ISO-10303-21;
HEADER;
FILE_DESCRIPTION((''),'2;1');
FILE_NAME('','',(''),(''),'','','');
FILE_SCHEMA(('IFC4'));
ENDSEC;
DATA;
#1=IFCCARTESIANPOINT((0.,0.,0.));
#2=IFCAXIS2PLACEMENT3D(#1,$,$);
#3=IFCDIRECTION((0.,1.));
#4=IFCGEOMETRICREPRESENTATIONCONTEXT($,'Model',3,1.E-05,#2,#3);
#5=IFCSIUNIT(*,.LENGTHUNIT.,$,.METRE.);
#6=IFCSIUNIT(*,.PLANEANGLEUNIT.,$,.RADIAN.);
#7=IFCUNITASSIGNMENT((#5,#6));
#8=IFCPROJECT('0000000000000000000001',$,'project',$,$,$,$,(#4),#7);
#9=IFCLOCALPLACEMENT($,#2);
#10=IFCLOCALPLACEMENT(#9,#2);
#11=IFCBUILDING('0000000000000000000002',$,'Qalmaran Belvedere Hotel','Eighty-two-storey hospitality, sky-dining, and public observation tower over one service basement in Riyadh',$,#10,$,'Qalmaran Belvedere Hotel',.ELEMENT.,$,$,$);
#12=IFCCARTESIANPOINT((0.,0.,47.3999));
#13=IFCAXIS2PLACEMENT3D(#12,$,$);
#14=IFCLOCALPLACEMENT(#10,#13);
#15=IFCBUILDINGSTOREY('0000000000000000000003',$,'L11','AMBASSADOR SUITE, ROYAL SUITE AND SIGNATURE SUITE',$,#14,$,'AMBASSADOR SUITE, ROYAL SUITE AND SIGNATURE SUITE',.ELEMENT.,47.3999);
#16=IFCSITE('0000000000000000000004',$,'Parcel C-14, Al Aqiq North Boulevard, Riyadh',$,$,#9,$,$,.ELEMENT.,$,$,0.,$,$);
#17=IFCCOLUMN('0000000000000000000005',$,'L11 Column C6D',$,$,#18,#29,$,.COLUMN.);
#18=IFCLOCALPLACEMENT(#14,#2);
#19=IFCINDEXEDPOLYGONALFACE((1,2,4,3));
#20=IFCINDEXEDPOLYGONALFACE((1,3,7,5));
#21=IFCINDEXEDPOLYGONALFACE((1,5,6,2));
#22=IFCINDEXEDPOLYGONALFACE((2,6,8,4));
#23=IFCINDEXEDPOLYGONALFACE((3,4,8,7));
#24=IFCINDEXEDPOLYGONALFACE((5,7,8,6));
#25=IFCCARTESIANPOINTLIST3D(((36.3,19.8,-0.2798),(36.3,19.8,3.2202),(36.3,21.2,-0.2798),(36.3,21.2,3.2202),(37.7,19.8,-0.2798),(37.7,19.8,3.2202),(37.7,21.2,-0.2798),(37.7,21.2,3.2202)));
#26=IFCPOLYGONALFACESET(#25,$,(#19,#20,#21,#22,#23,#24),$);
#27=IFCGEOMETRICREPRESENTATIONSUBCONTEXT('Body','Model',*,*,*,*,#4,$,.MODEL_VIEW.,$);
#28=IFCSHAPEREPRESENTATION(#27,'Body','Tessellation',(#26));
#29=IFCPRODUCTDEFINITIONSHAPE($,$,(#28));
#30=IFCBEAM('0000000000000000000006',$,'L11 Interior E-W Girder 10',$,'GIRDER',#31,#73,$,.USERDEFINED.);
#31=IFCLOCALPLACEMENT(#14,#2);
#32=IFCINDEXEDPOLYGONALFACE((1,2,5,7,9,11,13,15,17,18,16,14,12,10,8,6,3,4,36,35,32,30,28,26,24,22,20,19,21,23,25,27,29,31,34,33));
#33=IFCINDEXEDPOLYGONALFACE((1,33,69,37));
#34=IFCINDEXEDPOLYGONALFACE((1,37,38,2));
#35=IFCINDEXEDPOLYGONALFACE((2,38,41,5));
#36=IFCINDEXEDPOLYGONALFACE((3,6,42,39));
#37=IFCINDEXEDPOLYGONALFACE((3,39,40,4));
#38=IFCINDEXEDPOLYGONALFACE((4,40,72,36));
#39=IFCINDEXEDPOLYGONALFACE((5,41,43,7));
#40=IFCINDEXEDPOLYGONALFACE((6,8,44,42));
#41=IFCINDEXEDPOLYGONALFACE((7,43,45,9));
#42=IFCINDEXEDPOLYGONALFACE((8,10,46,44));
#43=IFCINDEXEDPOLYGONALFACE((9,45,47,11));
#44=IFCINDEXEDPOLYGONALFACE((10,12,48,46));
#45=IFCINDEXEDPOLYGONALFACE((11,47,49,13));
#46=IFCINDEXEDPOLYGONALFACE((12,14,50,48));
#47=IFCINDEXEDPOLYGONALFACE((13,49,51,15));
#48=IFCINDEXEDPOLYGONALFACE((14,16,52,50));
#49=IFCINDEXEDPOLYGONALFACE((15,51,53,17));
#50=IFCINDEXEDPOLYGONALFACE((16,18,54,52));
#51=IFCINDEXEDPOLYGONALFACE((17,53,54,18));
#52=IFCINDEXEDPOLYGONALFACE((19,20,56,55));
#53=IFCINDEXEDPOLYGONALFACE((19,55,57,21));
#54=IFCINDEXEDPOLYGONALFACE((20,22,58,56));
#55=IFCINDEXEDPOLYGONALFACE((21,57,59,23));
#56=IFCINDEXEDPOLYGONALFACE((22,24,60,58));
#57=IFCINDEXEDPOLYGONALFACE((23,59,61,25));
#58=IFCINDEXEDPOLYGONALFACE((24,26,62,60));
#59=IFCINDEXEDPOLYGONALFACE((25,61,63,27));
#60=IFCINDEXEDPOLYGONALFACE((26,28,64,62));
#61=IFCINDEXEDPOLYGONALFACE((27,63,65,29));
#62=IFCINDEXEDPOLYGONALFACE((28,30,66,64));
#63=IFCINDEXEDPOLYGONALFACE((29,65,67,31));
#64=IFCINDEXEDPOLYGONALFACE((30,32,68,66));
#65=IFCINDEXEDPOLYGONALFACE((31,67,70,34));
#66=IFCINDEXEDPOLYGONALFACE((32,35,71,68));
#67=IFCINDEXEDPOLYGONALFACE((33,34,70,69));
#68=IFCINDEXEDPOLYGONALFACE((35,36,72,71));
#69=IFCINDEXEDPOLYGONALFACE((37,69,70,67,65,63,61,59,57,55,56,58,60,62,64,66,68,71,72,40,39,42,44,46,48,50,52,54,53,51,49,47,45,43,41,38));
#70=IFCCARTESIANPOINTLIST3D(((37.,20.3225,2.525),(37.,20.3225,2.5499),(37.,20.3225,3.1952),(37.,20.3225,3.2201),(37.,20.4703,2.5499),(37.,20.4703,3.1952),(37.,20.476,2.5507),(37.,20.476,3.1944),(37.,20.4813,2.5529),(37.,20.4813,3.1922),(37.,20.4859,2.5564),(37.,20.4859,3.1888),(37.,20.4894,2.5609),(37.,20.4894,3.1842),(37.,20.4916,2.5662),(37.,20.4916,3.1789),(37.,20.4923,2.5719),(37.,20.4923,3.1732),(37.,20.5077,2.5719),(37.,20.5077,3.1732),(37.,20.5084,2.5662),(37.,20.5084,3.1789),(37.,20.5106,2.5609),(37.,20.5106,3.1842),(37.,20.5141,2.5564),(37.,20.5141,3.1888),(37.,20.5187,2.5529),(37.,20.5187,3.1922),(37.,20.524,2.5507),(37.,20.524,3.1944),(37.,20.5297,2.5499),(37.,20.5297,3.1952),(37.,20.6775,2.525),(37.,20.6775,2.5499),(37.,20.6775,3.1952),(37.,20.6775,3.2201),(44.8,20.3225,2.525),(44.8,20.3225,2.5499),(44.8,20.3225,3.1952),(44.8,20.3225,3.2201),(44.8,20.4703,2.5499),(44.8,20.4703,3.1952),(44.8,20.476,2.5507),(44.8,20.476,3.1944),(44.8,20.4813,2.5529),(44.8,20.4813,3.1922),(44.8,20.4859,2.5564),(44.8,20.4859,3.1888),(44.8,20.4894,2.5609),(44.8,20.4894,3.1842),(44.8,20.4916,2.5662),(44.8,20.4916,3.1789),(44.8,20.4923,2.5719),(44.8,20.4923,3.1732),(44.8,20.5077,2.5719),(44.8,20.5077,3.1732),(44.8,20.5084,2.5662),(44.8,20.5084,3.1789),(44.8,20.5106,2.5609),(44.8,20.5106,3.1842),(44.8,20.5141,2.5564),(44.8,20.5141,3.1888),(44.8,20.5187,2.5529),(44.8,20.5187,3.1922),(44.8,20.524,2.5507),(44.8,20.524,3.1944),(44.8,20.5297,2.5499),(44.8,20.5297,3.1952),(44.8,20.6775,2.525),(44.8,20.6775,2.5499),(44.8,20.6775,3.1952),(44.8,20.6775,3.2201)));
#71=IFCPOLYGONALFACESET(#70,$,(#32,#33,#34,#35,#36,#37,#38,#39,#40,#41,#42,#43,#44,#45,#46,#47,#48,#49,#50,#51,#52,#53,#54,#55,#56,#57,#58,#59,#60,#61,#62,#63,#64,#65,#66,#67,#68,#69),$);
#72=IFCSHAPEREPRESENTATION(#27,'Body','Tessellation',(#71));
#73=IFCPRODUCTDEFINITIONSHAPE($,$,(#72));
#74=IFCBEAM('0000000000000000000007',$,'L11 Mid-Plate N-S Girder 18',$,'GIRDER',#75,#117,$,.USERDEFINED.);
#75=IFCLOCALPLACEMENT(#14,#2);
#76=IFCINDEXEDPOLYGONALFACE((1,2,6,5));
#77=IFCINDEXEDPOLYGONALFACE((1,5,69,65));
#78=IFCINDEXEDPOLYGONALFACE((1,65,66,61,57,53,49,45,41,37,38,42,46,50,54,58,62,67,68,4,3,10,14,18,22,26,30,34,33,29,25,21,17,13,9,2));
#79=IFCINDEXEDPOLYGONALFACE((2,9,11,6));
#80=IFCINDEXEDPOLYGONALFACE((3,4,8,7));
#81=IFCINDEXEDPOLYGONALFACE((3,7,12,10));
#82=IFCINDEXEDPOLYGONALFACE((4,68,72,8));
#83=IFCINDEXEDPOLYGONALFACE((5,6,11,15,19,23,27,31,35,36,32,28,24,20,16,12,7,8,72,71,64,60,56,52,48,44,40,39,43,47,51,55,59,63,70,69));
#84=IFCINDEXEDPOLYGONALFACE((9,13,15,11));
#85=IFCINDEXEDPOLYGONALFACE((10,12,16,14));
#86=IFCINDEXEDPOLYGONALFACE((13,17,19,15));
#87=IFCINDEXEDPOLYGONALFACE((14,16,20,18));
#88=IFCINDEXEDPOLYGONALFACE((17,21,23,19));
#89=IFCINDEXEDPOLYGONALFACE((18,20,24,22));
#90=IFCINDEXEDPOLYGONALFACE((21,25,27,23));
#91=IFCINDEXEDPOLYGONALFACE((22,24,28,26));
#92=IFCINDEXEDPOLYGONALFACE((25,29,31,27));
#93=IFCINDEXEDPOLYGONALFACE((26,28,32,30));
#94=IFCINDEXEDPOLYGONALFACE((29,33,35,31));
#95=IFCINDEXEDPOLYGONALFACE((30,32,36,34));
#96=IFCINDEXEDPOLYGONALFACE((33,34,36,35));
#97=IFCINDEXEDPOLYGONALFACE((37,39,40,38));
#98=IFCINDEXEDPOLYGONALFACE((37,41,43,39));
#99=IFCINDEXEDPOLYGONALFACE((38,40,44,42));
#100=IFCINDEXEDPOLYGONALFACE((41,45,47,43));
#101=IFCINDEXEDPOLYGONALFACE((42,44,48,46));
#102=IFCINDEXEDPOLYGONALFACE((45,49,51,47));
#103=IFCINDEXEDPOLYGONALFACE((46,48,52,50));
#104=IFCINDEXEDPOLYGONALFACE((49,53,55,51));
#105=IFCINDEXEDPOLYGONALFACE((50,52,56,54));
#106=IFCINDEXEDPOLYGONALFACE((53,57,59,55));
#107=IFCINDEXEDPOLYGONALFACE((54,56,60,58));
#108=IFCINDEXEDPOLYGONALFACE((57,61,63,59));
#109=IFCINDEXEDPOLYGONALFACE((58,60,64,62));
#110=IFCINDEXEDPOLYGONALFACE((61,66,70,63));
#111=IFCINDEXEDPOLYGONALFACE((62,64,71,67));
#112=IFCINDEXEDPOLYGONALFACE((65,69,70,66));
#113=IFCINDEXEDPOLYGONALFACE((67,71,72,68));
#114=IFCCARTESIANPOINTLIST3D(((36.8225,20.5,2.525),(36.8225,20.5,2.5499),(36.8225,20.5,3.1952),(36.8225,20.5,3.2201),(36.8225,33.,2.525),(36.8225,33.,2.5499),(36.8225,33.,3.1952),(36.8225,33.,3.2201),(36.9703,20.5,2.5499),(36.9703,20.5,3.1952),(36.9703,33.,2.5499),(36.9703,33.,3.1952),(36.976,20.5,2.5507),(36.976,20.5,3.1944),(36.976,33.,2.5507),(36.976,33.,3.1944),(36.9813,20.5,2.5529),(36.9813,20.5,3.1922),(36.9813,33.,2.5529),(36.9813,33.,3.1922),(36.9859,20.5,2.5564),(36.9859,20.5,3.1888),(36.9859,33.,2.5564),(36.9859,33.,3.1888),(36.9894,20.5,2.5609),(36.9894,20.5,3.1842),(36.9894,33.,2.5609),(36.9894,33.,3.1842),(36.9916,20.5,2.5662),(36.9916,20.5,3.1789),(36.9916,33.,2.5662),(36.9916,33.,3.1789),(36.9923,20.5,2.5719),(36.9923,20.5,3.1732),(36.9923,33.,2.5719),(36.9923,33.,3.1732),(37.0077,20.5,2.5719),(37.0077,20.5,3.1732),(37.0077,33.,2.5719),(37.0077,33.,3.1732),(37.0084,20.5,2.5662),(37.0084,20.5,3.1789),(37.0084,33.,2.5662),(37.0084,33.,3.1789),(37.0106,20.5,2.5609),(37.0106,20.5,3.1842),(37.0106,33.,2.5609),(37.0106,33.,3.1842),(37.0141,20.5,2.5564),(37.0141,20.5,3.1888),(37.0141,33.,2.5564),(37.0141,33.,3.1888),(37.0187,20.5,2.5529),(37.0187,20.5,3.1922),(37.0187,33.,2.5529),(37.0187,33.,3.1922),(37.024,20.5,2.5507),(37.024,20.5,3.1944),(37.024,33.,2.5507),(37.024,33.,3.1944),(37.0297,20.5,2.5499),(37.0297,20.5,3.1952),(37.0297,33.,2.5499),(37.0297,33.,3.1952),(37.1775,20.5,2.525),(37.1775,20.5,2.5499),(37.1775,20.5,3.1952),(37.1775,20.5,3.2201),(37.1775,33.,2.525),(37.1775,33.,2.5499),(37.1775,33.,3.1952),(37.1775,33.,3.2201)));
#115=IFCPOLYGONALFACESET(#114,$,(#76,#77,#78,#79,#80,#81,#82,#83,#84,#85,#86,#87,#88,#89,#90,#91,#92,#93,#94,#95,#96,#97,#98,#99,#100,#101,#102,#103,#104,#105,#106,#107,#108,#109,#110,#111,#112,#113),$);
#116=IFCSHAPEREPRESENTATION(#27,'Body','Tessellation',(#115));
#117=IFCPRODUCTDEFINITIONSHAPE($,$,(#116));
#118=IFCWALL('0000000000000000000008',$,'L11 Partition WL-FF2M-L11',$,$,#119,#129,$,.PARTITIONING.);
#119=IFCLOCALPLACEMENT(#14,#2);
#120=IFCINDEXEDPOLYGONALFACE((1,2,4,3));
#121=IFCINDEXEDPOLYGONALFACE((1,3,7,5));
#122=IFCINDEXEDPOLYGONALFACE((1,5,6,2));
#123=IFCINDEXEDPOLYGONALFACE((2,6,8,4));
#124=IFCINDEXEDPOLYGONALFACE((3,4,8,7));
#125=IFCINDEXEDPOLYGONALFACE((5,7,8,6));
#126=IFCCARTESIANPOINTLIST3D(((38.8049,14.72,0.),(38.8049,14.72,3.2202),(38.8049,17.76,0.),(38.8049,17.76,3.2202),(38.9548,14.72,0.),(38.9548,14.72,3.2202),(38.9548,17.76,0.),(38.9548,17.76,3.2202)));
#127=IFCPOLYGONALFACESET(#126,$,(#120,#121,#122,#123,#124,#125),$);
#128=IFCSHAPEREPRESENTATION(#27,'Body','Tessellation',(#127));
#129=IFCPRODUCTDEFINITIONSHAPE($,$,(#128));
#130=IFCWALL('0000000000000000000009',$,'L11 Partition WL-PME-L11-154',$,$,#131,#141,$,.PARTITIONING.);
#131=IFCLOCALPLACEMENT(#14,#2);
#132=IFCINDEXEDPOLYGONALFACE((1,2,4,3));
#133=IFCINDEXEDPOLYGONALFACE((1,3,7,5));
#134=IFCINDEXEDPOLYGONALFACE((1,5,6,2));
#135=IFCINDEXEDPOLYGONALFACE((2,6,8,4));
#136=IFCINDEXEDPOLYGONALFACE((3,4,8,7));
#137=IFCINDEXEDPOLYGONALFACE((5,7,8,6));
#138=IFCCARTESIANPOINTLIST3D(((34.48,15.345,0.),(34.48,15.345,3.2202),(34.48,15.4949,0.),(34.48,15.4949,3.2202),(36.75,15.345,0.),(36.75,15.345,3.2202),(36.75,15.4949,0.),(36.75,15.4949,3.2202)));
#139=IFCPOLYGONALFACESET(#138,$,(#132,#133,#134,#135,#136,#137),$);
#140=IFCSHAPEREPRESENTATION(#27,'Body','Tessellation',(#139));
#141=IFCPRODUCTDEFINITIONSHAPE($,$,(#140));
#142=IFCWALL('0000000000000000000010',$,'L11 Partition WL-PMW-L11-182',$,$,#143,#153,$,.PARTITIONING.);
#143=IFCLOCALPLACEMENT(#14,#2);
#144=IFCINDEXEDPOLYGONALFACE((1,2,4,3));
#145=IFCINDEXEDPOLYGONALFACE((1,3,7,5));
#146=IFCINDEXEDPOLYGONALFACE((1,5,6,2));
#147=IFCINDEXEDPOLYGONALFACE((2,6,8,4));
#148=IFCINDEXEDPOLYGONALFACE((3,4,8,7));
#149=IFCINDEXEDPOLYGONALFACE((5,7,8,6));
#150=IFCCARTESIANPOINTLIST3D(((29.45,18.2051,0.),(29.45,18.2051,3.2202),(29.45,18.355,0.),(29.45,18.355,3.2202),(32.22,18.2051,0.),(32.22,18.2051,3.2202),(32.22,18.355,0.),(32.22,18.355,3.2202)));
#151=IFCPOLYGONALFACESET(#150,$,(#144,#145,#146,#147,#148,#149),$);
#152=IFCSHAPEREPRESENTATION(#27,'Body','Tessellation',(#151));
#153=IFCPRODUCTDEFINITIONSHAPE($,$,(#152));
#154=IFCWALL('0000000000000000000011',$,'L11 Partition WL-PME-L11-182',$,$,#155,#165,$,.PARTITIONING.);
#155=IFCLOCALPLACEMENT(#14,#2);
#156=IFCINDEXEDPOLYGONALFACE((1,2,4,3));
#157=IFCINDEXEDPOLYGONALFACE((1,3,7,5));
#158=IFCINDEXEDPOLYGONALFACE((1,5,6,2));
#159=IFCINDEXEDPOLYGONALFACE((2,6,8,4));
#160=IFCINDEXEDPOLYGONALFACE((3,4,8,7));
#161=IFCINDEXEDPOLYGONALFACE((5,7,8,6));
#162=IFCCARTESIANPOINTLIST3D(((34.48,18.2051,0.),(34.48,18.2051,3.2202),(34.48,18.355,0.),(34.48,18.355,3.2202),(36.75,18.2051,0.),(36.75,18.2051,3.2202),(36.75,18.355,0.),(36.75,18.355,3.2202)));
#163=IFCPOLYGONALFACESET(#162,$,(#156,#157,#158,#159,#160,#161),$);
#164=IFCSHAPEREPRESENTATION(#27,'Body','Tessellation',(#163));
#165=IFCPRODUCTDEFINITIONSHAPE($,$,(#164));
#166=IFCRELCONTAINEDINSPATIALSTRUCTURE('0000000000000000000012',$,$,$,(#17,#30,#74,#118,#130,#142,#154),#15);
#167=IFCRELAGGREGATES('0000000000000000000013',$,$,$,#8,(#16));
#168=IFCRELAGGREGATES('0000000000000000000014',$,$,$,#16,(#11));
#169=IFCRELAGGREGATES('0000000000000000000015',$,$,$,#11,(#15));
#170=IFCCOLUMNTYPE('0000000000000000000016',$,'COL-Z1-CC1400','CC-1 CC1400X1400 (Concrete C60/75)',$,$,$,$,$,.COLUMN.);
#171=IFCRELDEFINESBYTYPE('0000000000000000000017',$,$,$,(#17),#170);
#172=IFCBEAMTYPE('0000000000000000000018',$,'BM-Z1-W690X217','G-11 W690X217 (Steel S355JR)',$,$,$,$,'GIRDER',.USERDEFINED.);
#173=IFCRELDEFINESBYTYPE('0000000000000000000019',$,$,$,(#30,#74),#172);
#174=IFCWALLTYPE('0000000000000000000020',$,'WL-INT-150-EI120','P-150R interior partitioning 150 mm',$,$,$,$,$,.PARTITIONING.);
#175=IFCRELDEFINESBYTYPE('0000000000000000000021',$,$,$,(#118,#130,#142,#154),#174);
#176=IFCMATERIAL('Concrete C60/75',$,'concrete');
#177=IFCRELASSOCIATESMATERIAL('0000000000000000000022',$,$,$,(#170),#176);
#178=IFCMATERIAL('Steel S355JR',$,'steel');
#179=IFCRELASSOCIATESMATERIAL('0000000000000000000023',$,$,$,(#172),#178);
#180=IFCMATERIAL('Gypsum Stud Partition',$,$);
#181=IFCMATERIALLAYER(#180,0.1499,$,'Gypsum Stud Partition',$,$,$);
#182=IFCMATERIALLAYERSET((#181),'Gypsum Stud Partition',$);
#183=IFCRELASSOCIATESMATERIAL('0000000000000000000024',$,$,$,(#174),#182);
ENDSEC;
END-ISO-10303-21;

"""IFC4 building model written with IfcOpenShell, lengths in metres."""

from ifc_helpers import new_model, si_unit, direction, frame, frame_2d, origin, origin_2d, place, context, subcontext, project, spatial, rectangle, i_section, extrude, material, layer, layer_set, material_profile, profile_set, type_object, element, save


model = new_model("IFC4")

# Units and contexts
model_context = context("Model", 3, precision=1e-05, world=origin(), true_north=direction((0.0, 1.0)))
body_context = subcontext(model_context, "Body", "Model", "MODEL_VIEW")
ifc_project = project(units=[si_unit("LENGTHUNIT", "METRE"), si_unit("PLANEANGLEUNIT", "RADIAN")], contexts=[model_context])

# Site, building, storey
site_placement = place(None, origin())
site = spatial("IfcSite", under=ifc_project, at=site_placement, Name="Parcel C-14, Al Aqiq North Boulevard, Riyadh", CompositionType="ELEMENT", RefElevation=0.0)
building_placement = place(site_placement, origin())
building = spatial("IfcBuilding", under=site, at=building_placement, Name="Qalmaran Belvedere Hotel", Description="Eighty-two-storey hospitality, sky-dining, and public observation tower over one service basement in Riyadh", LongName="Qalmaran Belvedere Hotel", CompositionType="ELEMENT")
storey_placement = place(building_placement, frame((0.0, 0.0, 47.3999)))
storey = spatial("IfcBuildingStorey", under=building, at=storey_placement, Name="L11", Description="AMBASSADOR SUITE, ROYAL SUITE AND SIGNATURE SUITE", LongName="AMBASSADOR SUITE, ROYAL SUITE AND SIGNATURE SUITE", CompositionType="ELEMENT", Elevation=47.3999)

# Column
ifc_material_1 = material(Name="Concrete C60/75", Category="concrete")
ifc_material_profile_1 = material_profile(ifc_material_1, rectangle(XDim=1.3999, YDim=1.3999, at=origin_2d()), Name="CC1400X1400")
ifc_profile_set_1 = profile_set([ifc_material_profile_1], Name="Concrete C60/75")
column_type = type_object("IfcColumnType", Name="COL-Z1-CC1400", Description="CC-1 CC1400X1400 (Concrete C60/75)", PredefinedType="COLUMN", material=ifc_profile_set_1)
column_placement = place(storey_placement, frame((37.0, 20.5, -0.2798), z_axis=(0.0, 0.0, 1.0), x_axis=(1.0, 0.0, 0.0)))
element("IfcColumn", 1, at=column_placement, inside=storey, type_object=column_type, Name="L11 Column C6D", PredefinedType="COLUMN", context=body_context, shape_type="SweptSolid", body=[
    extrude(rectangle(XDim=1.3999, YDim=1.3999, at=origin_2d()), origin(), (0.0, 0.0, 1.0), 3.5),
])

# Beams
ifc_material_2 = material(Name="Steel S355JR", Category="steel")
ifc_material_profile_2 = material_profile(ifc_material_2, i_section(OverallWidth=0.355, OverallDepth=0.6951, WebThickness=0.0154, FlangeThickness=0.0249, FilletRadius=0.022, at=origin_2d()), Name="W690X217")
ifc_profile_set_2 = profile_set([ifc_material_profile_2], Name="Steel S355JR")
beam_type = type_object("IfcBeamType", Name="BM-Z1-W690X217", Description="G-11 W690X217 (Steel S355JR)", ElementType="GIRDER", PredefinedType="USERDEFINED", material=ifc_profile_set_2)
beam_1_placement = place(storey_placement, frame((37.0, 20.5, 2.8726), z_axis=(1.0, 0.0, 0.0), x_axis=(0.0, 1.0, 0.0)))
element("IfcBeam", 2, at=beam_1_placement, inside=storey, type_object=beam_type, Name="L11 Interior E-W Girder 10", ObjectType="GIRDER", PredefinedType="USERDEFINED", context=body_context, shape_type="SweptSolid", body=[
    extrude(i_section(OverallWidth=0.355, OverallDepth=0.6951, WebThickness=0.0154, FlangeThickness=0.0249, FilletRadius=0.022, at=origin_2d()), origin(), (0.0, 0.0, 1.0), 7.8),
])
beam_2_placement = place(storey_placement, frame((37.0, 20.5, 2.8726), z_axis=(0.0, 1.0, 0.0), x_axis=(-1.0, 0.0, 0.0)))
element("IfcBeam", 3, at=beam_2_placement, inside=storey, type_object=beam_type, Name="L11 Mid-Plate N-S Girder 18", ObjectType="GIRDER", PredefinedType="USERDEFINED", context=body_context, shape_type="SweptSolid", body=[
    extrude(i_section(OverallWidth=0.355, OverallDepth=0.6951, WebThickness=0.0154, FlangeThickness=0.0249, FilletRadius=0.022, at=origin_2d()), origin(), (0.0, 0.0, 1.0), 12.5),
])

# Walls
ifc_material_3 = material(Name="Gypsum Stud Partition")
ifc_layer_1 = layer(ifc_material_3, 0.1499, Name="Gypsum Stud Partition")
ifc_layer_set_1 = layer_set([ifc_layer_1], Name="Gypsum Stud Partition")
wall_type_1 = type_object("IfcWallType", Name="WL-INT-150-EI120", Description="P-150R interior partitioning 150 mm", PredefinedType="PARTITIONING", material=ifc_layer_set_1)
wall_1_placement = place(storey_placement, frame((38.8799, 14.72, 0.0), z_axis=(0.0, 0.0, 1.0), x_axis=(0.0, 1.0, 0.0)))
element("IfcWall", 4, at=wall_1_placement, inside=storey, type_object=wall_type_1, Name="L11 Partition WL-FF2M-L11", PredefinedType="PARTITIONING", context=body_context, shape_type="SweptSolid", body=[
    extrude(rectangle(XDim=3.04, YDim=0.1499, at=frame_2d((1.52, 0.0))), origin(), (0.0, 0.0, 1.0), 3.2202),
])
wall_2_placement = place(storey_placement, frame((34.48, 15.4199, 0.0), z_axis=(0.0, 0.0, 1.0), x_axis=(1.0, 0.0, 0.0)))
element("IfcWall", 5, at=wall_2_placement, inside=storey, type_object=wall_type_1, Name="L11 Partition WL-PME-L11-154", PredefinedType="PARTITIONING", context=body_context, shape_type="SweptSolid", body=[
    extrude(rectangle(XDim=2.27, YDim=0.1499, at=frame_2d((1.135, 0.0))), origin(), (0.0, 0.0, 1.0), 3.2202),
])
wall_3_placement = place(storey_placement, frame((29.45, 18.28, 0.0), z_axis=(0.0, 0.0, 1.0), x_axis=(1.0, 0.0, 0.0)))
element("IfcWall", 6, at=wall_3_placement, inside=storey, type_object=wall_type_1, Name="L11 Partition WL-PMW-L11-182", PredefinedType="PARTITIONING", context=body_context, shape_type="SweptSolid", body=[
    extrude(rectangle(XDim=2.77, YDim=0.1499, at=frame_2d((1.385, 0.0))), origin(), (0.0, 0.0, 1.0), 3.2202),
])
wall_4_placement = place(storey_placement, frame((34.48, 18.28, 0.0), z_axis=(0.0, 0.0, 1.0), x_axis=(1.0, 0.0, 0.0)))
element("IfcWall", 7, at=wall_4_placement, inside=storey, type_object=wall_type_1, Name="L11 Partition WL-PME-L11-182", PredefinedType="PARTITIONING", context=body_context, shape_type="SweptSolid", body=[
    extrude(rectangle(XDim=2.27, YDim=0.1499, at=frame_2d((1.135, 0.0))), origin(), (0.0, 0.0, 1.0), 3.2202),
])

save(model, "model.ifc")
